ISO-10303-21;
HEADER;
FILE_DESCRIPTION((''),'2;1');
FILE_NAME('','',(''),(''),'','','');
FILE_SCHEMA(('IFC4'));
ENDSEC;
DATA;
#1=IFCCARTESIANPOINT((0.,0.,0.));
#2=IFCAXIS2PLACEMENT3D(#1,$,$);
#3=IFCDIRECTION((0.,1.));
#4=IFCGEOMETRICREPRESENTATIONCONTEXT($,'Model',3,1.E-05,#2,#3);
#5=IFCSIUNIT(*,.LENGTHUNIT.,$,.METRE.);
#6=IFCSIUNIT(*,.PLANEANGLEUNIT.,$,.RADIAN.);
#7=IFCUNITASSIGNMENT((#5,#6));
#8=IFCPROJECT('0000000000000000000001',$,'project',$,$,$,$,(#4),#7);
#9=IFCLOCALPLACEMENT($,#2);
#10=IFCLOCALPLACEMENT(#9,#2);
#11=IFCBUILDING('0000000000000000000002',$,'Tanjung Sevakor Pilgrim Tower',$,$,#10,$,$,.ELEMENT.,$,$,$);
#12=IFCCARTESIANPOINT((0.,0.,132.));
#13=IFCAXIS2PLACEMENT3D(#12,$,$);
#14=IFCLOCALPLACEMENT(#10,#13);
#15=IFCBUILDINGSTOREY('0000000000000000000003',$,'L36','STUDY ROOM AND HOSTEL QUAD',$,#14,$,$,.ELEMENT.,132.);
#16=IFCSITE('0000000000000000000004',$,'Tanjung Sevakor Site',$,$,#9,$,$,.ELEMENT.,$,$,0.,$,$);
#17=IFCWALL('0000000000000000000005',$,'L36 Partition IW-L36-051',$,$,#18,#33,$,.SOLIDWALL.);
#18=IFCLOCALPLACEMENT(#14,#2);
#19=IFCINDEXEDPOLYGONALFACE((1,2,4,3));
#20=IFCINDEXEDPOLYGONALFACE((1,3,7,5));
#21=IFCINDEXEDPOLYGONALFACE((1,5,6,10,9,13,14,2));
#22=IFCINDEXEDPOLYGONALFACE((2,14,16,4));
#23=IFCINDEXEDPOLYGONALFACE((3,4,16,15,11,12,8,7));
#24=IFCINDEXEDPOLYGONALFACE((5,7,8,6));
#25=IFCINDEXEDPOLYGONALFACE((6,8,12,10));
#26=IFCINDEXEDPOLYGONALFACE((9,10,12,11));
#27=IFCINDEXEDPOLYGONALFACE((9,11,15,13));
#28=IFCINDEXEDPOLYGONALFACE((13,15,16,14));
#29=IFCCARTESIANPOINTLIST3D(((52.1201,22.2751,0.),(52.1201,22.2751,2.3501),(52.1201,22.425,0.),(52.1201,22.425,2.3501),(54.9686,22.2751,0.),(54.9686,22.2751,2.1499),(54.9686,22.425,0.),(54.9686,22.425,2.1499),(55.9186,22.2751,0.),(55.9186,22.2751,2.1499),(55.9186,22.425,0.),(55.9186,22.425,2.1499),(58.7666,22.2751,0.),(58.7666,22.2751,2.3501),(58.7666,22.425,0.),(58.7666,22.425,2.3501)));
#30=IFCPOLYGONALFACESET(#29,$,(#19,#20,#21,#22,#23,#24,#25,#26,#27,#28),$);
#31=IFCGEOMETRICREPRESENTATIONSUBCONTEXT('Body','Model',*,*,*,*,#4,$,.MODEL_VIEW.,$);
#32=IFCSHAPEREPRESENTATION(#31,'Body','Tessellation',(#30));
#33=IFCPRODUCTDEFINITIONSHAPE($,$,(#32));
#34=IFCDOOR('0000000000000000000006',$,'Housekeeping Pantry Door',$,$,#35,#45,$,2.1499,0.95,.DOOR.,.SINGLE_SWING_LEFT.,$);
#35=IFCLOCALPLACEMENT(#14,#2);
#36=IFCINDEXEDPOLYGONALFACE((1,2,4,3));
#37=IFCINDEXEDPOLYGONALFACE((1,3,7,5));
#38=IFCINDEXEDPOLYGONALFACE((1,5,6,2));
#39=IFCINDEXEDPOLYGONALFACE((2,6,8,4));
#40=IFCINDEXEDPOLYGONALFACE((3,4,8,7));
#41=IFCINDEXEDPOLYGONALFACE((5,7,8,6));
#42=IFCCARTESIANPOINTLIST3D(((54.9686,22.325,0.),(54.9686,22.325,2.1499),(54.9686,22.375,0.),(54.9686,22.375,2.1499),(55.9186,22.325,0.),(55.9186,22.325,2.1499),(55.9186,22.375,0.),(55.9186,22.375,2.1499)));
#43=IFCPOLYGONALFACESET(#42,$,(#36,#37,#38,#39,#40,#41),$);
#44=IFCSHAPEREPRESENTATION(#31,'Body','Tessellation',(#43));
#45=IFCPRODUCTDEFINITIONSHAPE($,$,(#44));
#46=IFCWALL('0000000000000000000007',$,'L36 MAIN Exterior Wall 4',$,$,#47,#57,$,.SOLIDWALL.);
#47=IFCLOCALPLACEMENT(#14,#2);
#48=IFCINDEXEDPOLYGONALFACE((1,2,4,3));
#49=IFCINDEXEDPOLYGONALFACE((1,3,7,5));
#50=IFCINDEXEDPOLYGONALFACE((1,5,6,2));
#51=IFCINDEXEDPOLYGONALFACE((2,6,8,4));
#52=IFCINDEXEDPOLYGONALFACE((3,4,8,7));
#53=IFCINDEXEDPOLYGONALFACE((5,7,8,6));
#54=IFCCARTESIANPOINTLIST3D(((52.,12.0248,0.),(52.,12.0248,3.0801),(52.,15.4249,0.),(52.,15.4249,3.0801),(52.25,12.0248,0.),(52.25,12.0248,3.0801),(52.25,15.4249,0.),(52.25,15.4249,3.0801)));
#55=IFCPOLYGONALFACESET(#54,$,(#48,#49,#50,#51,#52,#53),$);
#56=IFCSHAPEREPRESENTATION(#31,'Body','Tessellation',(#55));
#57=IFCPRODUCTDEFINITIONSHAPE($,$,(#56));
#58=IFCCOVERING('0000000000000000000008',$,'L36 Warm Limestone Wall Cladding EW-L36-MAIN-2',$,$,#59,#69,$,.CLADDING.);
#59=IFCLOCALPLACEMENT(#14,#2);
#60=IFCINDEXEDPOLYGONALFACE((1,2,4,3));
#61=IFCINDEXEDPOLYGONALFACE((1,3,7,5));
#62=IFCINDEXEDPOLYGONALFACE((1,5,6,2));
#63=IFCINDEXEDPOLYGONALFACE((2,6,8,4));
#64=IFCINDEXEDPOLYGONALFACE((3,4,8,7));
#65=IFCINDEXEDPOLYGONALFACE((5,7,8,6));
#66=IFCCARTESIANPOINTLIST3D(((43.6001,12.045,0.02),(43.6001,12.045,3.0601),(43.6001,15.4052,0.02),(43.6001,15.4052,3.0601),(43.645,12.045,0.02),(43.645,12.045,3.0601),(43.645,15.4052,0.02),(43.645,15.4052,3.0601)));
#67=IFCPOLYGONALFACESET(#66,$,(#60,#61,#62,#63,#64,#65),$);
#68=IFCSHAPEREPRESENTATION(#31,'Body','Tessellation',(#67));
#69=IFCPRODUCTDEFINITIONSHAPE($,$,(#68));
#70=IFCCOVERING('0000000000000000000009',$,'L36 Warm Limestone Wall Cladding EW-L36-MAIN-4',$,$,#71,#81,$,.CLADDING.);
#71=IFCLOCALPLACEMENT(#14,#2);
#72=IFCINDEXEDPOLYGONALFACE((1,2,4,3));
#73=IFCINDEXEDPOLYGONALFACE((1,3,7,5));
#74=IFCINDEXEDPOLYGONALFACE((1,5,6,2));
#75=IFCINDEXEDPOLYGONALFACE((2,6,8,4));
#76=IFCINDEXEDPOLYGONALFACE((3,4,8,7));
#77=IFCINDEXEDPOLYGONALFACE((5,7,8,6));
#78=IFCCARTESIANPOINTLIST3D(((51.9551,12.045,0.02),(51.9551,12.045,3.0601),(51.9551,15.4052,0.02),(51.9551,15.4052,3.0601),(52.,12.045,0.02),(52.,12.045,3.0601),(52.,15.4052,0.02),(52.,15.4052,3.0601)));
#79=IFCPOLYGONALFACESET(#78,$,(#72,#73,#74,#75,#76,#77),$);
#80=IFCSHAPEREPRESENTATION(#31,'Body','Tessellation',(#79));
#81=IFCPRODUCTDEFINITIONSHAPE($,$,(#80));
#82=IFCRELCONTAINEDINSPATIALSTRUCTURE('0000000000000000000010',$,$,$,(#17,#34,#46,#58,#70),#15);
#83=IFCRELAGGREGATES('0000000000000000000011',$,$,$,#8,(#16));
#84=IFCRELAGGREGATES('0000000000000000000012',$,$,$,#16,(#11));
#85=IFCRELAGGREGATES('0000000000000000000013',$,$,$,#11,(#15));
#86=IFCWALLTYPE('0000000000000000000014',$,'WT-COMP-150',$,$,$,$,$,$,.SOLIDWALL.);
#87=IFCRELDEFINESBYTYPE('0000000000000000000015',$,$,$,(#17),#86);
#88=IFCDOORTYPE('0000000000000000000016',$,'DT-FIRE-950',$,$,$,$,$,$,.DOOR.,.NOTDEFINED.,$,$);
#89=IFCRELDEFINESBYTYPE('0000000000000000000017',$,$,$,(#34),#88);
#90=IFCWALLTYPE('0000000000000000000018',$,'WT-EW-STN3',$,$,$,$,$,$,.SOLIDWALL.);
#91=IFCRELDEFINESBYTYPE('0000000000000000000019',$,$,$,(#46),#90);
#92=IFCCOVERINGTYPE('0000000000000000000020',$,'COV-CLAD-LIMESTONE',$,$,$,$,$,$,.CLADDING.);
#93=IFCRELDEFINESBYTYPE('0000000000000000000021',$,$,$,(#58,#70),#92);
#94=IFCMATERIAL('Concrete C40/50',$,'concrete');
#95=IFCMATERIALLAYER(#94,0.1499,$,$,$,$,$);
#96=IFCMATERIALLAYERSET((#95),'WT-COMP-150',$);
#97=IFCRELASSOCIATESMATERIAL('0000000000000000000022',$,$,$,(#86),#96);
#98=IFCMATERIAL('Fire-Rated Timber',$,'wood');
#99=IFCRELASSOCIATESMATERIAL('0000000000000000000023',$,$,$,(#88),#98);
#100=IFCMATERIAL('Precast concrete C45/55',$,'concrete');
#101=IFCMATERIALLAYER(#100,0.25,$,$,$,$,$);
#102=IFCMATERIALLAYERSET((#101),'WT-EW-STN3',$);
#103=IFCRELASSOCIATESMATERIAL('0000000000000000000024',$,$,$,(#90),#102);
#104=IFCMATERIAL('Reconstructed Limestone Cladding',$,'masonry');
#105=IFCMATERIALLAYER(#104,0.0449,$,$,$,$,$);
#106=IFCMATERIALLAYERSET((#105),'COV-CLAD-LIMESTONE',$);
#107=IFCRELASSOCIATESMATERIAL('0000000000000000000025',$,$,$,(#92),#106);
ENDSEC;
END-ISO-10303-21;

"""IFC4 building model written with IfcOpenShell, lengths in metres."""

from ifc_helpers import new_model, si_unit, direction, frame, frame_2d, origin, origin_2d, place, context, subcontext, project, spatial, rectangle, extrude, material, layer, layer_set, type_object, element, fill, save


model = new_model("IFC4")

# Units and contexts
model_context = context("Model", 3, precision=1e-05, world=origin(), true_north=direction((0.0, 1.0)))
body_context = subcontext(model_context, "Body", "Model", "MODEL_VIEW")
ifc_project = project(units=[si_unit("LENGTHUNIT", "METRE"), si_unit("PLANEANGLEUNIT", "RADIAN")], contexts=[model_context])

# Site, building, storey
site_placement = place(None, origin())
site = spatial("IfcSite", under=ifc_project, at=site_placement, Name="Tanjung Sevakor Site", CompositionType="ELEMENT", RefElevation=0.0)
building_placement = place(site_placement, origin())
building = spatial("IfcBuilding", under=site, at=building_placement, Name="Tanjung Sevakor Pilgrim Tower", CompositionType="ELEMENT")
storey_placement = place(building_placement, frame((0.0, 0.0, 132.0)))
storey = spatial("IfcBuildingStorey", under=building, at=storey_placement, Name="L36", Description="STUDY ROOM AND HOSTEL QUAD", CompositionType="ELEMENT", Elevation=132.0)

# Shared definitions
ifc_material_1 = material(Name="Concrete C40/50", Category="concrete")
ifc_layer_1 = layer(ifc_material_1, 0.1499)
ifc_layer_set_1 = layer_set([ifc_layer_1], Name="WT-COMP-150")
wall_type_1 = type_object("IfcWallType", Name="WT-COMP-150", PredefinedType="SOLIDWALL", material=ifc_layer_set_1)

# Wall, opening, door
wall_1_placement = place(storey_placement, frame((52.1201, 22.3501, 0.0), z_axis=(0.0, 0.0, 1.0), x_axis=(1.0, 0.0, 0.0)))
wall_1 = element("IfcWall", 1, at=wall_1_placement, inside=storey, type_object=wall_type_1, Name="L36 Partition IW-L36-051", PredefinedType="SOLIDWALL", context=body_context, shape_type="SweptSolid", body=[
    extrude(rectangle(XDim=6.6465, YDim=0.1499, at=frame_2d((3.3232, 0.0))), origin(), (0.0, 0.0, 1.0), 2.3501),
])
opening_1_placement = place(wall_1_placement, frame((2.8484, 0.0, 0.0)))
opening_1 = element("IfcOpeningElement", 2, at=opening_1_placement, cuts=wall_1, PredefinedType="OPENING", context=body_context, shape_type="SweptSolid", body=[
    extrude(rectangle(XDim=0.95, YDim=2.1499, at=frame_2d((0.4751, 1.075))), frame((0.0, 0.085, 0.0), z_axis=(0.0, -1.0, 0.0), x_axis=(1.0, 0.0, 0.0)), (0.0, 0.0, 1.0), 0.1699),
])
ifc_material_2 = material(Name="Fire-Rated Timber", Category="wood")
door_type_1 = type_object("IfcDoorType", Name="DT-FIRE-950", OperationType="NOTDEFINED", PredefinedType="DOOR", material=ifc_material_2)
door_1_placement = place(opening_1_placement, origin())
door_1 = element("IfcDoor", 3, at=door_1_placement, inside=storey, type_object=door_type_1, Name="Housekeeping Pantry Door", OperationType="SINGLE_SWING_LEFT", OverallHeight=2.1499, OverallWidth=0.95, PredefinedType="DOOR", context=body_context, shape_type="SweptSolid", body=[
    extrude(rectangle(XDim=0.95, YDim=2.1499, at=frame_2d((0.4751, 1.075))), frame((0.0, 0.0249, 0.0), z_axis=(0.0, -1.0, 0.0), x_axis=(1.0, 0.0, 0.0)), (0.0, 0.0, 1.0), 0.05),
])
fill(opening_1, door_1)

# Wall
ifc_material_3 = material(Name="Precast concrete C45/55", Category="concrete")
ifc_layer_2 = layer(ifc_material_3, 0.25)
ifc_layer_set_2 = layer_set([ifc_layer_2], Name="WT-EW-STN3")
wall_type_2 = type_object("IfcWallType", Name="WT-EW-STN3", PredefinedType="SOLIDWALL", material=ifc_layer_set_2)
wall_2_placement = place(storey_placement, frame((52.125, 15.425, 0.0), z_axis=(0.0, 0.0, 1.0), x_axis=(0.0, -1.0, 0.0)))
element("IfcWall", 4, at=wall_2_placement, inside=storey, type_object=wall_type_2, Name="L36 MAIN Exterior Wall 4", PredefinedType="SOLIDWALL", context=body_context, shape_type="SweptSolid", body=[
    extrude(rectangle(XDim=3.4001, YDim=0.25, at=frame_2d((1.7002, 0.0))), origin(), (0.0, 0.0, 1.0), 3.0801),
])

# Coverings
ifc_material_4 = material(Name="Reconstructed Limestone Cladding", Category="masonry")
ifc_layer_3 = layer(ifc_material_4, 0.0449)
ifc_layer_set_3 = layer_set([ifc_layer_3], Name="COV-CLAD-LIMESTONE")
covering_type = type_object("IfcCoveringType", Name="COV-CLAD-LIMESTONE", PredefinedType="CLADDING", material=ifc_layer_set_3)
for number, where, z_axis, x_axis, name in (
    (5, (43.6226, 13.7251, 0.02), (0.0, 0.0, 1.0), (0.0, 1.0, 0.0), "L36 Warm Limestone Wall Cladding EW-L36-MAIN-2"),
    (6, (51.9775, 13.7251, 0.02), (0.0, 0.0, 1.0), (0.0, -1.0, 0.0), "L36 Warm Limestone Wall Cladding EW-L36-MAIN-4"),
):
    element("IfcCovering", number, at=place(storey_placement, frame(where, z_axis=z_axis, x_axis=x_axis)), inside=storey, type_object=covering_type, Name=name, PredefinedType="CLADDING", context=body_context, shape_type="SweptSolid", body=[
        extrude(rectangle(XDim=3.3601, YDim=0.0449, at=origin_2d()), origin(), (0.0, 0.0, 1.0), 3.04),
    ])

save(model, "model.ifc")
